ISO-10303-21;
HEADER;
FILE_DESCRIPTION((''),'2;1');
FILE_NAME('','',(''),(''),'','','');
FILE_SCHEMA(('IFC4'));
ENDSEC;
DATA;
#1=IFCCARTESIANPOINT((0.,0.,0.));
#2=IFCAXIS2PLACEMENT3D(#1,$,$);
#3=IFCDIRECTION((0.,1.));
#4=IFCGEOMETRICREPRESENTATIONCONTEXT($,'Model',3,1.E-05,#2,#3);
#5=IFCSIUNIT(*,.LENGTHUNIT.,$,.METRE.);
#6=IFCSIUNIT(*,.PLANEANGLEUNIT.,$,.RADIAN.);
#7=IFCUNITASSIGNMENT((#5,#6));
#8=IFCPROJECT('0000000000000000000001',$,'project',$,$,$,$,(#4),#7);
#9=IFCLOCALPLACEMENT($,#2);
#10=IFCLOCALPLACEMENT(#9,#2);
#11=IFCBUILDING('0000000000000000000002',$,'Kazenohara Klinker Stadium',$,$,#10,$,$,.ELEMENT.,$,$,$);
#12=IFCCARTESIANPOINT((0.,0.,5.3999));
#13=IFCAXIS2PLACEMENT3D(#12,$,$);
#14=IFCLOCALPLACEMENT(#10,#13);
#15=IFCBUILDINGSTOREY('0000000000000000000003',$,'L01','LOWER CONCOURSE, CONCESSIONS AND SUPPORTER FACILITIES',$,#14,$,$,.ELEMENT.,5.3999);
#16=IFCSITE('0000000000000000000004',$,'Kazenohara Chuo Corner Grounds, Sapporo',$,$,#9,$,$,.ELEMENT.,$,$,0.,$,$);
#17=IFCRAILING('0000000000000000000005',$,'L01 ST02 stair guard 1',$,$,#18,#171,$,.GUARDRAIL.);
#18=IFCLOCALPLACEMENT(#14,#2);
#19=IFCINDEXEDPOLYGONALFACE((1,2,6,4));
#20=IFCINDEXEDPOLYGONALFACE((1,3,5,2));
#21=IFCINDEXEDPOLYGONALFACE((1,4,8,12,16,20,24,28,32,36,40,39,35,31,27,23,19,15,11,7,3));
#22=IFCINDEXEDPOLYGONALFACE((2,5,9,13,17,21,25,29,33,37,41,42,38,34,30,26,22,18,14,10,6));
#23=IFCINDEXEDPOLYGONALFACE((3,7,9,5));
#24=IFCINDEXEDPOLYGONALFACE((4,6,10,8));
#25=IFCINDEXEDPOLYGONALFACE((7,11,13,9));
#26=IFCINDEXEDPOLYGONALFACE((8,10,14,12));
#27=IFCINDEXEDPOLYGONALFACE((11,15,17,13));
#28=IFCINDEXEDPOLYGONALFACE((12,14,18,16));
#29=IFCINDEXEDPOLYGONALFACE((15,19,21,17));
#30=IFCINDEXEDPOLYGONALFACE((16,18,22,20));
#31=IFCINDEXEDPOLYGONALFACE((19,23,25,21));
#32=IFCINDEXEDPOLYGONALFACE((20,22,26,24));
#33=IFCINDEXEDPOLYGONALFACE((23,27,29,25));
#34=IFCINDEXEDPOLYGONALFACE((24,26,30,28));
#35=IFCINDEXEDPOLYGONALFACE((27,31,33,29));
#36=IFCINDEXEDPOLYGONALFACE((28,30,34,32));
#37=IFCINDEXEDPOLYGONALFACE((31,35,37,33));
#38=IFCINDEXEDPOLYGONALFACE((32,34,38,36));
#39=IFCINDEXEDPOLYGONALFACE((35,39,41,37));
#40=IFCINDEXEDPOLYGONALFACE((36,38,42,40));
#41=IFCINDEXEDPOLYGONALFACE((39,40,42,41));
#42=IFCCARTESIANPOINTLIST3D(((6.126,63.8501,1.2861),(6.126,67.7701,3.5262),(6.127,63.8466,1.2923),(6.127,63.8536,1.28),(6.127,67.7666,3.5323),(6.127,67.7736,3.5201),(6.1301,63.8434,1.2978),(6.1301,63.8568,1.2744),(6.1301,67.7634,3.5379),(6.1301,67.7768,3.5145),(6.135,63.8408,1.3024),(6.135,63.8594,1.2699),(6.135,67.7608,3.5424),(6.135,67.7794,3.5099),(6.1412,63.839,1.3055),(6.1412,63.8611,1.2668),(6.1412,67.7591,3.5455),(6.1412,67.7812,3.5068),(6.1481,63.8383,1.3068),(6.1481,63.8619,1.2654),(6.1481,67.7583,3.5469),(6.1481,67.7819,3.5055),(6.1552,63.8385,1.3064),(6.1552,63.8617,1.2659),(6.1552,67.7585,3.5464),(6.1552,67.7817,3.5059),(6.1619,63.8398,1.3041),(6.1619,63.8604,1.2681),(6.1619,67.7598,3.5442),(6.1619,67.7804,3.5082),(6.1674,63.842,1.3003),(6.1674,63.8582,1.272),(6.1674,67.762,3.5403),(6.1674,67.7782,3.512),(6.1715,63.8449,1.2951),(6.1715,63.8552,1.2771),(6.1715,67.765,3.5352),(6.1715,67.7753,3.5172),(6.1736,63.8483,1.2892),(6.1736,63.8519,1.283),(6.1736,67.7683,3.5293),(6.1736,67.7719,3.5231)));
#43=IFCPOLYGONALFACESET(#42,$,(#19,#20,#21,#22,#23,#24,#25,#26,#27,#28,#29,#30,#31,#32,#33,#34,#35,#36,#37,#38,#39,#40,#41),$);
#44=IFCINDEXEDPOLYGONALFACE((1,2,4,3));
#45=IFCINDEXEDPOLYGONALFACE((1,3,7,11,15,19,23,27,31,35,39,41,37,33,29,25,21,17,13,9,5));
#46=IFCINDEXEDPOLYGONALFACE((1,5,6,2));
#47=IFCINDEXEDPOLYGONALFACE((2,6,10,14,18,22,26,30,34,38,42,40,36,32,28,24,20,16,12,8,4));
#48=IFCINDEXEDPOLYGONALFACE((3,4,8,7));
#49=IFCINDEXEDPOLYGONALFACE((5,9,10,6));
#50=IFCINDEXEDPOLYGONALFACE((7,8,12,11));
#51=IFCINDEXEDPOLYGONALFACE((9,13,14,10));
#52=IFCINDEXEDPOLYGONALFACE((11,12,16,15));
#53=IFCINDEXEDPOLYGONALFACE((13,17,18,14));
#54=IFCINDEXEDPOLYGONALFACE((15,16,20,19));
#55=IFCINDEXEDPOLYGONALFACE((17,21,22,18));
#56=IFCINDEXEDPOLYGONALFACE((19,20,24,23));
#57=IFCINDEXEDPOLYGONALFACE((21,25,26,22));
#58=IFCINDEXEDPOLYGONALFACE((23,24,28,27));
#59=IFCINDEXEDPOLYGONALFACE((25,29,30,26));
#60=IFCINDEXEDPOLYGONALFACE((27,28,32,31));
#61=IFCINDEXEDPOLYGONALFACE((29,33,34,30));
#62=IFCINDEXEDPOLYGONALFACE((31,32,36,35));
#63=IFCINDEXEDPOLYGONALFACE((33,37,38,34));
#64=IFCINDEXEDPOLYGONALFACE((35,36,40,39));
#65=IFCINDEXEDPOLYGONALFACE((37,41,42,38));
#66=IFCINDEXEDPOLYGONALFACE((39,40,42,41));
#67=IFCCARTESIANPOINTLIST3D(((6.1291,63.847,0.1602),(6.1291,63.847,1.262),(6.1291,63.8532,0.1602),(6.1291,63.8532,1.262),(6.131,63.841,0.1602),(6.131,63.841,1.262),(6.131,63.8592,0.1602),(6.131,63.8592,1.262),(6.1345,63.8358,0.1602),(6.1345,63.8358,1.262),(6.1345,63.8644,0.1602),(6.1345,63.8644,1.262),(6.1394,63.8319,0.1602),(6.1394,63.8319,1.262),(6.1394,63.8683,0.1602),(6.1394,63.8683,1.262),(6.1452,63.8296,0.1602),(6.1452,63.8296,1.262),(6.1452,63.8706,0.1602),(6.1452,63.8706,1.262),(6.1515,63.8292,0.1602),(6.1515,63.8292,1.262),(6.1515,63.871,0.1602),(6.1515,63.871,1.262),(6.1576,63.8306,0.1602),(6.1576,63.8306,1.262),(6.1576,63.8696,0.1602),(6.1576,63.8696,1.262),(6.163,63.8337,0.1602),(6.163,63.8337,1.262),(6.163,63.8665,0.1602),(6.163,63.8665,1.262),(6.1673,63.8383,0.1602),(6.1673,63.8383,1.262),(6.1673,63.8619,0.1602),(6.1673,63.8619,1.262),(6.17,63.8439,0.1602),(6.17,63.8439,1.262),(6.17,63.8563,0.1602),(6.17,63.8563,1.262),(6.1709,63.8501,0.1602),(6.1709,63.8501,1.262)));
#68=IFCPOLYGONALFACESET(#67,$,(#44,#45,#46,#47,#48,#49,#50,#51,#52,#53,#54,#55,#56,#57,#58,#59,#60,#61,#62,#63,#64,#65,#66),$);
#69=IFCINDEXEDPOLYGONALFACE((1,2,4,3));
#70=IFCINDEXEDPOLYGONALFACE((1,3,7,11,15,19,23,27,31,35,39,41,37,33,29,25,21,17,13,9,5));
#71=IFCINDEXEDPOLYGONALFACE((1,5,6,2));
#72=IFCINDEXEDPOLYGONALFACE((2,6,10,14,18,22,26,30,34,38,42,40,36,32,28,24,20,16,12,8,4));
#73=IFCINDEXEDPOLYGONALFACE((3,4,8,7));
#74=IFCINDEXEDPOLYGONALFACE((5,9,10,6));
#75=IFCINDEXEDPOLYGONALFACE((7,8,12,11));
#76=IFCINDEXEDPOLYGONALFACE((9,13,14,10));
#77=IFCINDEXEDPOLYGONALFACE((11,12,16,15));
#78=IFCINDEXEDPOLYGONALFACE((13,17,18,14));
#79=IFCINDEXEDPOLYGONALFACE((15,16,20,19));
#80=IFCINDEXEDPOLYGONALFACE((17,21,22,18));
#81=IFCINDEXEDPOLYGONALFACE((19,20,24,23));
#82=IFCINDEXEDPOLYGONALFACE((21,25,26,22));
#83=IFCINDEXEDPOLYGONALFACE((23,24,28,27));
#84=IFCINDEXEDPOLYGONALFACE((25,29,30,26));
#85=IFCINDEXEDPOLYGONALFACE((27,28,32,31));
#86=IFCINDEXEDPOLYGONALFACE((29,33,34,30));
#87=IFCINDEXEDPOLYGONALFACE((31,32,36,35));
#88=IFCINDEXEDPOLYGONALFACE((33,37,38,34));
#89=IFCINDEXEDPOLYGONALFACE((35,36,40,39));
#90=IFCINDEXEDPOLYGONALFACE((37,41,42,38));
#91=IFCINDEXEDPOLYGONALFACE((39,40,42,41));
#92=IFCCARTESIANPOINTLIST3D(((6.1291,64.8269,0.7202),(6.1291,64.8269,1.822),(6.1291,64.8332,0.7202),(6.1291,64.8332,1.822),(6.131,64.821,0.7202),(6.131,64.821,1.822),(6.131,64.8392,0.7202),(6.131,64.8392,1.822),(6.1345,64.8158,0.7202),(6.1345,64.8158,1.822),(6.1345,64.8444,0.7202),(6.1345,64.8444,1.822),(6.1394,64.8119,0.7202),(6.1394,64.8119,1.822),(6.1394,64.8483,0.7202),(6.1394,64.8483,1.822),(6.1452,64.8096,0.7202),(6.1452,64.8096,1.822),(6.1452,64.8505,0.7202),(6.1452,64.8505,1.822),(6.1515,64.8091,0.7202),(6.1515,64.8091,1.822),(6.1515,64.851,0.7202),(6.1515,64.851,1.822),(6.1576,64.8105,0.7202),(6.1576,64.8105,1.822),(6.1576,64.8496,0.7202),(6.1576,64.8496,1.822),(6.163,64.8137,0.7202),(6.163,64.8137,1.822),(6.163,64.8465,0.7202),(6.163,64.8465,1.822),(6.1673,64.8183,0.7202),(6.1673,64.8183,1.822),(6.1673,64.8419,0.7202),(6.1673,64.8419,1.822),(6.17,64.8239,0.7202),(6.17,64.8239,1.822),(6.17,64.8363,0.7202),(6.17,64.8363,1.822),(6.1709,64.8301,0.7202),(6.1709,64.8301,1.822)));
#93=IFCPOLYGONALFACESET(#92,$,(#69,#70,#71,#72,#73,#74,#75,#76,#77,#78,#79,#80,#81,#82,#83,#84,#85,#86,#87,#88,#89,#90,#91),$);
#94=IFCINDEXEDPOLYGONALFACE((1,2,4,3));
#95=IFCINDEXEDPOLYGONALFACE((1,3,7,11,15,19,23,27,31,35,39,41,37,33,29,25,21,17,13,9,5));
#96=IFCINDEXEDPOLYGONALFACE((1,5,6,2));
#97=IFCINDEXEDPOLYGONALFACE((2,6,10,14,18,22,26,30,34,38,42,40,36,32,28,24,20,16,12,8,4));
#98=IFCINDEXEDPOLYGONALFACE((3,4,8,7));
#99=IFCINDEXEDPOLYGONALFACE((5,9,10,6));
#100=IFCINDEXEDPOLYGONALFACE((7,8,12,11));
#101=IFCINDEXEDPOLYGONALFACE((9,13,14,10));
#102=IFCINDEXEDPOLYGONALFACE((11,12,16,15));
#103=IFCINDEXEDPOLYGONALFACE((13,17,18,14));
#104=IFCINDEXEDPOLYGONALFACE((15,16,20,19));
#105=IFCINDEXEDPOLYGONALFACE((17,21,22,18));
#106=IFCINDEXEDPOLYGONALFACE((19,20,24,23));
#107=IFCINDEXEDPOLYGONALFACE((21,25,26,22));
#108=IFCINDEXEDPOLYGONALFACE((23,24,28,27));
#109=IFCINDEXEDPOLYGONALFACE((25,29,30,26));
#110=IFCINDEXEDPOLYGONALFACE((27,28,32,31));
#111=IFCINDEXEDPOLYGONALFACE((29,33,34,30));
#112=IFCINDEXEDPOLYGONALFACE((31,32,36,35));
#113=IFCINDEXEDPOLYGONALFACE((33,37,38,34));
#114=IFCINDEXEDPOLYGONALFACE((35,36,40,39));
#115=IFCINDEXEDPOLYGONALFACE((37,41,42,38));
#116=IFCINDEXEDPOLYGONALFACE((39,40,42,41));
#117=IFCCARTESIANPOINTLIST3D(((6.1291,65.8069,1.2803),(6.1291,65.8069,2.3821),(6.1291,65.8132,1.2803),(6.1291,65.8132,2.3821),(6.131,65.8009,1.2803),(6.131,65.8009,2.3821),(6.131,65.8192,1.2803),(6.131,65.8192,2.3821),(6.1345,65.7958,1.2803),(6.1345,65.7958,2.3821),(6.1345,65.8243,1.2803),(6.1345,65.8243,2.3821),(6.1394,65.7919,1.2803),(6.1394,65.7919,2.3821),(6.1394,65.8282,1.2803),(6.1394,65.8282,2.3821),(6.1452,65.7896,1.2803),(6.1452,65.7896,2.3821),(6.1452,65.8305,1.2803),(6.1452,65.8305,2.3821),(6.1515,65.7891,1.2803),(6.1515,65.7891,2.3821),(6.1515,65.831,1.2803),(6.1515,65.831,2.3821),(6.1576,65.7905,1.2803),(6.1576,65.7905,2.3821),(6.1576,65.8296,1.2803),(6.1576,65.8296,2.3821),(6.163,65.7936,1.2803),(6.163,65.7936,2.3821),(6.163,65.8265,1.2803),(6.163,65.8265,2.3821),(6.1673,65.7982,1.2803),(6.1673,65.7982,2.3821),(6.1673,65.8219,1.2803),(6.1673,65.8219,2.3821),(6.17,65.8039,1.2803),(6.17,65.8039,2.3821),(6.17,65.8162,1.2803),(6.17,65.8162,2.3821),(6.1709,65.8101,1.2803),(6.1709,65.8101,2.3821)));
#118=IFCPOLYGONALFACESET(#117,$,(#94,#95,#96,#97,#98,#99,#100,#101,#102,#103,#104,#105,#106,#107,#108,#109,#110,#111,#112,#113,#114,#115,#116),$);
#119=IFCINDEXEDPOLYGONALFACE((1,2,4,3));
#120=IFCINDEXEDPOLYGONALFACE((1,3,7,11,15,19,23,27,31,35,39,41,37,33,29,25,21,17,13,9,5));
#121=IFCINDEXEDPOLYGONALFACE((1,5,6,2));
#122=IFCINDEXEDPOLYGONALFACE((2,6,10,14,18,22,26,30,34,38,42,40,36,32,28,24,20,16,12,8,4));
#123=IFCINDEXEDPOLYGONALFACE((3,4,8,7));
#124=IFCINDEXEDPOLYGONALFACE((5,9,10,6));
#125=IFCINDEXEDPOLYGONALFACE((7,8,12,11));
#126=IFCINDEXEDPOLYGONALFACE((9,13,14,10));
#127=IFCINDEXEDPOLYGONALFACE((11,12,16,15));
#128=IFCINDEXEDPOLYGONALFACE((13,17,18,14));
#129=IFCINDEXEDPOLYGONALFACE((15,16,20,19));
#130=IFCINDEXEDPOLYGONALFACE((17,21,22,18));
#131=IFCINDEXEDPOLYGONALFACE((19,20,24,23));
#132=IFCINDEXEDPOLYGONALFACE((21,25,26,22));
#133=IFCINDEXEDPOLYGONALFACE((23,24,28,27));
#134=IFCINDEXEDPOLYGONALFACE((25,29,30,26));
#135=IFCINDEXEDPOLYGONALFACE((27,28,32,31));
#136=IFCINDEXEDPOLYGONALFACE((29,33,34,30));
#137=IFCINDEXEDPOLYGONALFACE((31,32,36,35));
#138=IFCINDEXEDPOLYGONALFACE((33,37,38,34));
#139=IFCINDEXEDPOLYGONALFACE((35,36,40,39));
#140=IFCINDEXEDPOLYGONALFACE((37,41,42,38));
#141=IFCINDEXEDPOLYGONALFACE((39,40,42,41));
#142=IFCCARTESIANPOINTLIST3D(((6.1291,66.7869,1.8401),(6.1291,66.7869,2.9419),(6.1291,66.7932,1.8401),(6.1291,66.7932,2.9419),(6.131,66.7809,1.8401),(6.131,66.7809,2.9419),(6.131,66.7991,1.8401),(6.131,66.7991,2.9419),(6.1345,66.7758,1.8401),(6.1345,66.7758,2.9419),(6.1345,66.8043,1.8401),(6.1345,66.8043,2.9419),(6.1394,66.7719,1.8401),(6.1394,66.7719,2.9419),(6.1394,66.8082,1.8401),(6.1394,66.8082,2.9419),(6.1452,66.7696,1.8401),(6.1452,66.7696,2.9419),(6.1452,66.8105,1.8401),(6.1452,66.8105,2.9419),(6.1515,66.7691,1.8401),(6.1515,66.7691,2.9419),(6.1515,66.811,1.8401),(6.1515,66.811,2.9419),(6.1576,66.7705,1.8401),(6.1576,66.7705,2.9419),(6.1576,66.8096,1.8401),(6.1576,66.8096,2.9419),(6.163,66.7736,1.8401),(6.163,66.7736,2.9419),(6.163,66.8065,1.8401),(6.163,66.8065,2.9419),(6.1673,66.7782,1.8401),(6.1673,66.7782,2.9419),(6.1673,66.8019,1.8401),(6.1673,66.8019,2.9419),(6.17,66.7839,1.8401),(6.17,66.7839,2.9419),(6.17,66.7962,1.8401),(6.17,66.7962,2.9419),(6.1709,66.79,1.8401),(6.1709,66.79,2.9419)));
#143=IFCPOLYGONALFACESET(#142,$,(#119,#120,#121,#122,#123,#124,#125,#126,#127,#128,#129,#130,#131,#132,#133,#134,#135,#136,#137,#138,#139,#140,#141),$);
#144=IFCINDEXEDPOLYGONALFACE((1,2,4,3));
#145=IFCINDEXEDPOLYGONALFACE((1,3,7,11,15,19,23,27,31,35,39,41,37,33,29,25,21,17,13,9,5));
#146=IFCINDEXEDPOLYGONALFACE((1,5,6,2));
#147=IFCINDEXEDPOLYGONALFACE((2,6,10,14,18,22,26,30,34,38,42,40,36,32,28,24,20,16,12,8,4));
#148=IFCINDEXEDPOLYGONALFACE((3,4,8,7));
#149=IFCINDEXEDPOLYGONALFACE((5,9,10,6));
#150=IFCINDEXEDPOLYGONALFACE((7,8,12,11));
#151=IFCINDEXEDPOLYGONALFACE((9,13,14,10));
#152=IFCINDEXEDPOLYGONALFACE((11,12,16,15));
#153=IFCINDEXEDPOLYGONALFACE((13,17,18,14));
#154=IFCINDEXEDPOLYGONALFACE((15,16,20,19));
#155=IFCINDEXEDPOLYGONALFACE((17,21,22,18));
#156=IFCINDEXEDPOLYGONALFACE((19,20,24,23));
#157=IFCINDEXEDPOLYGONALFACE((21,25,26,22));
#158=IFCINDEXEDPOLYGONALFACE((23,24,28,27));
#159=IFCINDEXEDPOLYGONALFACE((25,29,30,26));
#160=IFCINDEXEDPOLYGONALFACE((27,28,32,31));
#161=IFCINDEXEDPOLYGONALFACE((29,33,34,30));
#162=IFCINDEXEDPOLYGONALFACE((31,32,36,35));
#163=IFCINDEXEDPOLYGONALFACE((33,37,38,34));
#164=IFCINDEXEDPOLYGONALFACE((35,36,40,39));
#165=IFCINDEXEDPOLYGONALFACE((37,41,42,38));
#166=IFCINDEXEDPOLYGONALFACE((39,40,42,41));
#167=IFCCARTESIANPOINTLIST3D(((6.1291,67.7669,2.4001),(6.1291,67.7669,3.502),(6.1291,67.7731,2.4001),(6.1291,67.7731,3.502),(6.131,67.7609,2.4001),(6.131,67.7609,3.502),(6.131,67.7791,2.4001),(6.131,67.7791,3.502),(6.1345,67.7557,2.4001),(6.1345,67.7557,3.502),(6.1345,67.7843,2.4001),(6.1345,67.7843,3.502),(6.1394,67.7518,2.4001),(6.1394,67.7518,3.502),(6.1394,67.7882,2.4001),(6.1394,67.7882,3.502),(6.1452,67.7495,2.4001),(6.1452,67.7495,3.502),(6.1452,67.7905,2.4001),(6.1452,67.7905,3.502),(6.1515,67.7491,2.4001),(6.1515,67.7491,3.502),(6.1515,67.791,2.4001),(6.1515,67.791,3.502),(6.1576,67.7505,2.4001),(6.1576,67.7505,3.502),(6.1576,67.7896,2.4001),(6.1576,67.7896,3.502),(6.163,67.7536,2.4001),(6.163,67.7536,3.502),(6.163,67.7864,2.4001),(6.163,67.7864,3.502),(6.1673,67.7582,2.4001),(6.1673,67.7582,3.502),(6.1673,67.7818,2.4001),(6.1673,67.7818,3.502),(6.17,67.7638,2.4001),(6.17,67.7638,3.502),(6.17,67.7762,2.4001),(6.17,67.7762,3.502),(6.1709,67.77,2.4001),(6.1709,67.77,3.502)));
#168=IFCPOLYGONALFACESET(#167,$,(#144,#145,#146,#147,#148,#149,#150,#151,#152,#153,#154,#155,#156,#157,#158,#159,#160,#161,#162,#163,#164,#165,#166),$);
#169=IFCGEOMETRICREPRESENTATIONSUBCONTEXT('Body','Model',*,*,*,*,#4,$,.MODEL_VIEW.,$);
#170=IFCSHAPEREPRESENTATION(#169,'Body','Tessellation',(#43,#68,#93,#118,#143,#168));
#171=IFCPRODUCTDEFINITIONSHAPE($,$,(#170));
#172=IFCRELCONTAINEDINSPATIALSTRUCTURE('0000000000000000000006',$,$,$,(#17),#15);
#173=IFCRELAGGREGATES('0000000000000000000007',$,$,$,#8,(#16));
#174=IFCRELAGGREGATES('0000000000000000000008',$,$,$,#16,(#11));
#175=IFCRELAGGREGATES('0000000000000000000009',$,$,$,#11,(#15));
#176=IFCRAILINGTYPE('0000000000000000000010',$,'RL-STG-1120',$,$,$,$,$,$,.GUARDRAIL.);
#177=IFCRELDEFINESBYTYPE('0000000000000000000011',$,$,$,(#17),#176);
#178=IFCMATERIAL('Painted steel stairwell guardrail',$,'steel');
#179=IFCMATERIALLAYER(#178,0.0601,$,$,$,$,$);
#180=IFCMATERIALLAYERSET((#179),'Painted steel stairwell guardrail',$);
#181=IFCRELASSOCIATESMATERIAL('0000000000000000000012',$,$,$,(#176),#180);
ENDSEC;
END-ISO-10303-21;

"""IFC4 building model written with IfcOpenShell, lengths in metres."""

from ifc_helpers import new_model, si_unit, direction, frame, origin, origin_2d, place, context, subcontext, project, spatial, circle, extrude, material, layer, layer_set, type_object, element, save


model = new_model("IFC4")

# Units and contexts
model_context = context("Model", 3, precision=1e-05, world=origin(), true_north=direction((0.0, 1.0)))
body_context = subcontext(model_context, "Body", "Model", "MODEL_VIEW")
ifc_project = project(units=[si_unit("LENGTHUNIT", "METRE"), si_unit("PLANEANGLEUNIT", "RADIAN")], contexts=[model_context])

# Site, building, storey
site_placement = place(None, origin())
site = spatial("IfcSite", under=ifc_project, at=site_placement, Name="Kazenohara Chuo Corner Grounds, Sapporo", CompositionType="ELEMENT", RefElevation=0.0)
building_placement = place(site_placement, origin())
building = spatial("IfcBuilding", under=site, at=building_placement, Name="Kazenohara Klinker Stadium", CompositionType="ELEMENT")
storey_placement = place(building_placement, frame((0.0, 0.0, 5.3999)))
storey = spatial("IfcBuildingStorey", under=building, at=storey_placement, Name="L01", Description="LOWER CONCOURSE, CONCESSIONS AND SUPPORTER FACILITIES", CompositionType="ELEMENT", Elevation=5.3999)

# Railing
ifc_material_1 = material(Name="Painted steel stairwell guardrail", Category="steel")
ifc_layer_1 = layer(ifc_material_1, 0.0601)
ifc_layer_set_1 = layer_set([ifc_layer_1], Name="Painted steel stairwell guardrail")
railing_type_1 = type_object("IfcRailingType", Name="RL-STG-1120", PredefinedType="GUARDRAIL", material=ifc_layer_set_1)
railing_1_placement = place(storey_placement, frame((6.1499, 63.8501, 0.1602)))
element("IfcRailing", 1, at=railing_1_placement, inside=storey, type_object=railing_type_1, Name="L01 ST02 stair guard 1", PredefinedType="GUARDRAIL", context=body_context, shape_type="SweptSolid", body=[
    extrude(circle(Radius=0.0239, at=origin_2d()), frame((0.0, 0.0, 1.126), z_axis=(0.0, 0.86824, 0.496145), x_axis=(-1.0, 0.0, 0.0)), (0.0, 0.0, 1.0), 4.5149),
    extrude(circle(Radius=0.021, at=origin_2d()), origin(), (0.0, 0.0, 1.0), 1.1018),
    extrude(circle(Radius=0.021, at=origin_2d()), frame((0.0, 0.98, 0.5601)), (0.0, 0.0, 1.0), 1.1018),
    extrude(circle(Radius=0.021, at=origin_2d()), frame((0.0, 1.96, 1.1201)), (0.0, 0.0, 1.0), 1.1018),
    extrude(circle(Radius=0.021, at=origin_2d()), frame((0.0, 2.9399, 1.6799)), (0.0, 0.0, 1.0), 1.1018),
    extrude(circle(Radius=0.021, at=origin_2d()), frame((0.0, 3.9199, 2.24)), (0.0, 0.0, 1.0), 1.1018),
])

save(model, "model.ifc")
